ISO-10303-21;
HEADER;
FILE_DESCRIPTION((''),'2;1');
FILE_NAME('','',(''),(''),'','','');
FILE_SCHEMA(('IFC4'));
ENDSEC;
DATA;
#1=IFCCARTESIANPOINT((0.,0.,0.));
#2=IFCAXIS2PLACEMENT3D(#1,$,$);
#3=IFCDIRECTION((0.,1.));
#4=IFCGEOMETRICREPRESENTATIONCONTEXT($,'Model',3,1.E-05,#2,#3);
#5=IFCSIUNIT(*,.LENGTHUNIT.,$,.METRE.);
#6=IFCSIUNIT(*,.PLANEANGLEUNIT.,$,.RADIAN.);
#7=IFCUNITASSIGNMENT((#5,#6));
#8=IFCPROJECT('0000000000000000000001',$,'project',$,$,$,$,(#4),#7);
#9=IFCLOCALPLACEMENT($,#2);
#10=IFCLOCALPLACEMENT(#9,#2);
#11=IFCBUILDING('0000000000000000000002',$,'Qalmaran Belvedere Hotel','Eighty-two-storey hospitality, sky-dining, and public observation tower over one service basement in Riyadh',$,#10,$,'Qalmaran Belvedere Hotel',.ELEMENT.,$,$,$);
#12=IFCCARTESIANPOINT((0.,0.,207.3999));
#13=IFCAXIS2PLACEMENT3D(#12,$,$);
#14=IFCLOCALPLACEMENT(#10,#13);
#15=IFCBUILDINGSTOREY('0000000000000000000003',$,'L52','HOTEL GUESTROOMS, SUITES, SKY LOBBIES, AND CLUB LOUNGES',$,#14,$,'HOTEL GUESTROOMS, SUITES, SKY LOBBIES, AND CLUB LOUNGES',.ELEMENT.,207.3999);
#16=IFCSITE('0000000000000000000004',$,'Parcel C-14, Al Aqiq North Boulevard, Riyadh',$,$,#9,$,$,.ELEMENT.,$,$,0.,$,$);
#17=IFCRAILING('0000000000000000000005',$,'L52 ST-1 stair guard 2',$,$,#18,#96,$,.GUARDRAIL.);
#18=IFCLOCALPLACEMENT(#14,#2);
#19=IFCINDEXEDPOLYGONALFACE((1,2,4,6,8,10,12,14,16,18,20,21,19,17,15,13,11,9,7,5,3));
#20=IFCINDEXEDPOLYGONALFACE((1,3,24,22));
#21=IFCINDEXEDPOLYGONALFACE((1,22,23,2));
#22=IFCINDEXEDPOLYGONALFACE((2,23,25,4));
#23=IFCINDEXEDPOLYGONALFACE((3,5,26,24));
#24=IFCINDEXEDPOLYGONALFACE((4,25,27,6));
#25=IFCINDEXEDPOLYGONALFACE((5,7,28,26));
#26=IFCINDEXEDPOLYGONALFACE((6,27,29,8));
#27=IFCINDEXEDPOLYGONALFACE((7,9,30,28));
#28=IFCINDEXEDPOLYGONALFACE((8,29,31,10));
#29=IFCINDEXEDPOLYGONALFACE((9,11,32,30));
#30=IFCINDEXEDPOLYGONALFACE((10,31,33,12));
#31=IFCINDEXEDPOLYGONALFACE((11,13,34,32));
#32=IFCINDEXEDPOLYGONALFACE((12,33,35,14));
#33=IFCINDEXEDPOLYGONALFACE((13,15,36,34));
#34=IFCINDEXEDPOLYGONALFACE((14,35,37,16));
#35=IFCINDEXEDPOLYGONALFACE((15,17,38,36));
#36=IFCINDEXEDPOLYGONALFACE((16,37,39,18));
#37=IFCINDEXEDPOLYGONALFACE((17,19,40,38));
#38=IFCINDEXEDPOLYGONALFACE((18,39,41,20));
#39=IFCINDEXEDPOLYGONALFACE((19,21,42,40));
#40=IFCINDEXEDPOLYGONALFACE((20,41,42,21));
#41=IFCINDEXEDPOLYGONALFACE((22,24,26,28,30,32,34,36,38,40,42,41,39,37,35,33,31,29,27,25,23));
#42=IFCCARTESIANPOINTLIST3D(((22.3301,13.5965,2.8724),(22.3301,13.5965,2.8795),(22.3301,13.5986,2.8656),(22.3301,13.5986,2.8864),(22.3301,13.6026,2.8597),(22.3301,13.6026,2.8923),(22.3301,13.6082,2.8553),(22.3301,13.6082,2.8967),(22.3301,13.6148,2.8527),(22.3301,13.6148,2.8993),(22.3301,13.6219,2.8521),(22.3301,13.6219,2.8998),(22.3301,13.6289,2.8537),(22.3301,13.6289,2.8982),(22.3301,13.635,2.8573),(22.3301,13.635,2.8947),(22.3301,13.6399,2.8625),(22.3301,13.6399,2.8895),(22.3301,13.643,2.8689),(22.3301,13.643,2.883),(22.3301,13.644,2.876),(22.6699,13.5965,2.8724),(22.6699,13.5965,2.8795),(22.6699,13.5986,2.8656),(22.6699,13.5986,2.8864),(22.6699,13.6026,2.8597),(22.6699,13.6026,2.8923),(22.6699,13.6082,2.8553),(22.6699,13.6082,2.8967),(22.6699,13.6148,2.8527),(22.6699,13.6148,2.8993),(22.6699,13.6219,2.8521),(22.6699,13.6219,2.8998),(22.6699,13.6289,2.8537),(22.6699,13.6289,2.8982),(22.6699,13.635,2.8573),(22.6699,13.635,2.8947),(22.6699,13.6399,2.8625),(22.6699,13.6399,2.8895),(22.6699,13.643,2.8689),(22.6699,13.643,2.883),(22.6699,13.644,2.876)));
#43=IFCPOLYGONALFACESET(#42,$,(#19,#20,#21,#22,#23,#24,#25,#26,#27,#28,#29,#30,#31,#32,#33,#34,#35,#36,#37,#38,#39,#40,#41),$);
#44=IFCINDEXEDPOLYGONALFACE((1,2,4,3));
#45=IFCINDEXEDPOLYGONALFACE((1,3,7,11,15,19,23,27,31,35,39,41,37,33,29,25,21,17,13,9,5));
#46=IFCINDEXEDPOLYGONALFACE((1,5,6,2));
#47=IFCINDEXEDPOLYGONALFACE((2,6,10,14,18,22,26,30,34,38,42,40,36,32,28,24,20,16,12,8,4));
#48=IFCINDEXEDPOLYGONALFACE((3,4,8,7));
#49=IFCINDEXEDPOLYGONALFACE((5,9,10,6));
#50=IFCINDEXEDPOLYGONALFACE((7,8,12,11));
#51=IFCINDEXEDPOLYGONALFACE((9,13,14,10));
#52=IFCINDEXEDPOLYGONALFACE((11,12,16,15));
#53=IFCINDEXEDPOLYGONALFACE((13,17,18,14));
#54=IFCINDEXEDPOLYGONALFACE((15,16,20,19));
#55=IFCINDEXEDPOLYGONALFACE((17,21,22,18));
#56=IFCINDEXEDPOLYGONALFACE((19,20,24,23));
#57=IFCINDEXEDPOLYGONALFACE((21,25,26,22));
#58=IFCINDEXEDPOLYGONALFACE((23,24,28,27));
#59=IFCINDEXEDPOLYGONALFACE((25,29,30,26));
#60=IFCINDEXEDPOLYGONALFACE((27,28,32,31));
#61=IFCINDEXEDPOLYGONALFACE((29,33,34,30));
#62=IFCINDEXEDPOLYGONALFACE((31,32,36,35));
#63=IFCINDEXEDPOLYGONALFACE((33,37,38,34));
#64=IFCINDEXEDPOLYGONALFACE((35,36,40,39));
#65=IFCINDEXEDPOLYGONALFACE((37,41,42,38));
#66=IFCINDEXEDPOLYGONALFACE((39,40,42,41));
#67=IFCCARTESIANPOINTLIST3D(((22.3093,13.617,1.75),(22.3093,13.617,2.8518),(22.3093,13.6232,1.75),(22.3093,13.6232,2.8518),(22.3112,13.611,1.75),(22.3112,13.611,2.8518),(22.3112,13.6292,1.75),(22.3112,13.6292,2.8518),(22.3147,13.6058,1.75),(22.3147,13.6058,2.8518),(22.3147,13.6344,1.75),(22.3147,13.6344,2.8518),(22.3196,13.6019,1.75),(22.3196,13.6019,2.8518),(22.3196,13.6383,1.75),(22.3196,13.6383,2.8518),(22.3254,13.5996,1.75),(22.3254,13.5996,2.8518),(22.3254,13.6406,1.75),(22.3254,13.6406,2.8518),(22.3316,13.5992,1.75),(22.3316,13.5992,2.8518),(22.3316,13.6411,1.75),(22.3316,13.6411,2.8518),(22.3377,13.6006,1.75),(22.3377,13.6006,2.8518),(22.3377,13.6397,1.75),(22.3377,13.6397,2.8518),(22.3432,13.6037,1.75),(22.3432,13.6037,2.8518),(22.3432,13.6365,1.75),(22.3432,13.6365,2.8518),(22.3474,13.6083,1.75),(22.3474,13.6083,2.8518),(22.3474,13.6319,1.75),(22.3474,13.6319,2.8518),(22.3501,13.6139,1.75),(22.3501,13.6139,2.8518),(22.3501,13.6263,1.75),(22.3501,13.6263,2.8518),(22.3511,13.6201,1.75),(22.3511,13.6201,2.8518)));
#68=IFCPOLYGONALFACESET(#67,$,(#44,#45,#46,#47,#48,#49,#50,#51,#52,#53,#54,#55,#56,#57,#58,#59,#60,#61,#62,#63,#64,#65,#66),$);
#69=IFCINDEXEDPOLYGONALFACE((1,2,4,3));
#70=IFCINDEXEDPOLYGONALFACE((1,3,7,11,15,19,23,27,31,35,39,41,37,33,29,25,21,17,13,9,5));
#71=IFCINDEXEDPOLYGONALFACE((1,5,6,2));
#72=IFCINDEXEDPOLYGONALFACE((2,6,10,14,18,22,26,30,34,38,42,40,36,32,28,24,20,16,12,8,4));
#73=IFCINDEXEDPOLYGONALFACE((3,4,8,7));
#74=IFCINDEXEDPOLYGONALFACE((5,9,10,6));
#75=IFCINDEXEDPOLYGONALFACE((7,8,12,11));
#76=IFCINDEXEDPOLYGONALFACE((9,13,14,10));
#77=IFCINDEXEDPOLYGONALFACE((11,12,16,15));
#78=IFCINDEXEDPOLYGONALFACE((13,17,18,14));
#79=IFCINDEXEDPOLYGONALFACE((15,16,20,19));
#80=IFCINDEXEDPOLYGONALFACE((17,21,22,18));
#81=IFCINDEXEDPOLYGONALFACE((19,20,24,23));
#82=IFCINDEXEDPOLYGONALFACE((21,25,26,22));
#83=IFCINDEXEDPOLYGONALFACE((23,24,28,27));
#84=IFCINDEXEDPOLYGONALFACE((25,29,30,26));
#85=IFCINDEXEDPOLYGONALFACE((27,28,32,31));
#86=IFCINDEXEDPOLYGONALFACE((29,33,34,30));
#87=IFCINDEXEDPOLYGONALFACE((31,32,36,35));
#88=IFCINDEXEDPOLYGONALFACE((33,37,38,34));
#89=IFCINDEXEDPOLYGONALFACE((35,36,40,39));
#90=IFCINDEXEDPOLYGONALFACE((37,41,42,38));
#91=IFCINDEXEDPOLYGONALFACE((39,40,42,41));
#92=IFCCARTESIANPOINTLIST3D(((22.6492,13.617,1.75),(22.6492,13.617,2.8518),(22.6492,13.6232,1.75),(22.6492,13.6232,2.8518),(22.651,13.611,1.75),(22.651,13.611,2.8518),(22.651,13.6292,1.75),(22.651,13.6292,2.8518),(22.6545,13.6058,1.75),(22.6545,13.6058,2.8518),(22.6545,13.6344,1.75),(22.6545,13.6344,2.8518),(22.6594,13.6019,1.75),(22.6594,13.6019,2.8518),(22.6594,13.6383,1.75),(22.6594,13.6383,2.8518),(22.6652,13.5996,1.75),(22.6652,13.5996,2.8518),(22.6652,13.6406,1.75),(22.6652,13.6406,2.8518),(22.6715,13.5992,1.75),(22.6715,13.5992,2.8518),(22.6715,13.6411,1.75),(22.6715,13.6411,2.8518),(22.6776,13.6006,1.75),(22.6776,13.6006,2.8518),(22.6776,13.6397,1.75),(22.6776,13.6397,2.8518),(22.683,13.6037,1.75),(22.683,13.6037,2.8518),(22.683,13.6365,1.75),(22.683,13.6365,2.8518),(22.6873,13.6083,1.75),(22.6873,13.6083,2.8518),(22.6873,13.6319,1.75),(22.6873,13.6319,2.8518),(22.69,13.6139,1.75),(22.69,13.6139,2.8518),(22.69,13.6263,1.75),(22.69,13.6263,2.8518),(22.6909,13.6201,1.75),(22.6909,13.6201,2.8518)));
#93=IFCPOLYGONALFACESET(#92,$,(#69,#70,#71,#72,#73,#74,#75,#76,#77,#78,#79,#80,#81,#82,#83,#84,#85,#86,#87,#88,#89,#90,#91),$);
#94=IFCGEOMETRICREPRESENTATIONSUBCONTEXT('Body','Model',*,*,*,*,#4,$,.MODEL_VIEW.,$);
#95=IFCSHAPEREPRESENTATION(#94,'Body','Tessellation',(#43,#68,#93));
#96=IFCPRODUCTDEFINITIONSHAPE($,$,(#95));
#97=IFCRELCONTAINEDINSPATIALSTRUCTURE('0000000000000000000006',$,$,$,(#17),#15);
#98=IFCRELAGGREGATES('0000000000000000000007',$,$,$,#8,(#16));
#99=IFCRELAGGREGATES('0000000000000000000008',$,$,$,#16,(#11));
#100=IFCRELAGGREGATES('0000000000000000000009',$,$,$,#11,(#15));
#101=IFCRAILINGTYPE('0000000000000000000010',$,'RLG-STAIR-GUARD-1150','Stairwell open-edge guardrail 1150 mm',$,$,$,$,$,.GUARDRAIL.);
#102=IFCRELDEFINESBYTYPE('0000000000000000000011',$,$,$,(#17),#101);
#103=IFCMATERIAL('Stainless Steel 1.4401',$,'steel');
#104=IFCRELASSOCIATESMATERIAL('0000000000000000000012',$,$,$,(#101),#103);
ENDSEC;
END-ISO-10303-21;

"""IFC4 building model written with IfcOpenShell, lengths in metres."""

from ifc_helpers import new_model, si_unit, direction, frame, origin, origin_2d, place, context, subcontext, project, spatial, circle, extrude, material, type_object, element, save


model = new_model("IFC4")

# Units and contexts
model_context = context("Model", 3, precision=1e-05, world=origin(), true_north=direction((0.0, 1.0)))
body_context = subcontext(model_context, "Body", "Model", "MODEL_VIEW")
ifc_project = project(units=[si_unit("LENGTHUNIT", "METRE"), si_unit("PLANEANGLEUNIT", "RADIAN")], contexts=[model_context])

# Site, building, storey
site_placement = place(None, origin())
site = spatial("IfcSite", under=ifc_project, at=site_placement, Name="Parcel C-14, Al Aqiq North Boulevard, Riyadh", CompositionType="ELEMENT", RefElevation=0.0)
building_placement = place(site_placement, origin())
building = spatial("IfcBuilding", under=site, at=building_placement, Name="Qalmaran Belvedere Hotel", Description="Eighty-two-storey hospitality, sky-dining, and public observation tower over one service basement in Riyadh", LongName="Qalmaran Belvedere Hotel", CompositionType="ELEMENT")
storey_placement = place(building_placement, frame((0.0, 0.0, 207.3999)))
storey = spatial("IfcBuildingStorey", under=building, at=storey_placement, Name="L52", Description="HOTEL GUESTROOMS, SUITES, SKY LOBBIES, AND CLUB LOUNGES", LongName="HOTEL GUESTROOMS, SUITES, SKY LOBBIES, AND CLUB LOUNGES", CompositionType="ELEMENT", Elevation=207.3999)

# Shared definitions
ifc_material_1 = material(Name="Stainless Steel 1.4401", Category="steel")

# Railing
railing_type_1 = type_object("IfcRailingType", Name="RLG-STAIR-GUARD-1150", Description="Stairwell open-edge guardrail 1150 mm", PredefinedType="GUARDRAIL", material=ifc_material_1)
railing_1_placement = place(storey_placement, frame((22.3301, 13.6201, 1.75)))
element("IfcRailing", 1, at=railing_1_placement, inside=storey, type_object=railing_type_1, Name="L52 ST-1 stair guard 2", PredefinedType="GUARDRAIL", context=body_context, shape_type="SweptSolid", body=[
    extrude(circle(Radius=0.0239, at=origin_2d()), frame((0.0, 0.0, 1.126), z_axis=(1.0, 0.0, 0.0), x_axis=(0.0, 1.0, 0.0)), (0.0, 0.0, 1.0), 0.3398),
    extrude(circle(Radius=0.021, at=origin_2d()), origin(), (0.0, 0.0, 1.0), 1.1018),
    extrude(circle(Radius=0.021, at=origin_2d()), frame((0.3398, 0.0, 0.0)), (0.0, 0.0, 1.0), 1.1018),
])

save(model, "model.ifc")
